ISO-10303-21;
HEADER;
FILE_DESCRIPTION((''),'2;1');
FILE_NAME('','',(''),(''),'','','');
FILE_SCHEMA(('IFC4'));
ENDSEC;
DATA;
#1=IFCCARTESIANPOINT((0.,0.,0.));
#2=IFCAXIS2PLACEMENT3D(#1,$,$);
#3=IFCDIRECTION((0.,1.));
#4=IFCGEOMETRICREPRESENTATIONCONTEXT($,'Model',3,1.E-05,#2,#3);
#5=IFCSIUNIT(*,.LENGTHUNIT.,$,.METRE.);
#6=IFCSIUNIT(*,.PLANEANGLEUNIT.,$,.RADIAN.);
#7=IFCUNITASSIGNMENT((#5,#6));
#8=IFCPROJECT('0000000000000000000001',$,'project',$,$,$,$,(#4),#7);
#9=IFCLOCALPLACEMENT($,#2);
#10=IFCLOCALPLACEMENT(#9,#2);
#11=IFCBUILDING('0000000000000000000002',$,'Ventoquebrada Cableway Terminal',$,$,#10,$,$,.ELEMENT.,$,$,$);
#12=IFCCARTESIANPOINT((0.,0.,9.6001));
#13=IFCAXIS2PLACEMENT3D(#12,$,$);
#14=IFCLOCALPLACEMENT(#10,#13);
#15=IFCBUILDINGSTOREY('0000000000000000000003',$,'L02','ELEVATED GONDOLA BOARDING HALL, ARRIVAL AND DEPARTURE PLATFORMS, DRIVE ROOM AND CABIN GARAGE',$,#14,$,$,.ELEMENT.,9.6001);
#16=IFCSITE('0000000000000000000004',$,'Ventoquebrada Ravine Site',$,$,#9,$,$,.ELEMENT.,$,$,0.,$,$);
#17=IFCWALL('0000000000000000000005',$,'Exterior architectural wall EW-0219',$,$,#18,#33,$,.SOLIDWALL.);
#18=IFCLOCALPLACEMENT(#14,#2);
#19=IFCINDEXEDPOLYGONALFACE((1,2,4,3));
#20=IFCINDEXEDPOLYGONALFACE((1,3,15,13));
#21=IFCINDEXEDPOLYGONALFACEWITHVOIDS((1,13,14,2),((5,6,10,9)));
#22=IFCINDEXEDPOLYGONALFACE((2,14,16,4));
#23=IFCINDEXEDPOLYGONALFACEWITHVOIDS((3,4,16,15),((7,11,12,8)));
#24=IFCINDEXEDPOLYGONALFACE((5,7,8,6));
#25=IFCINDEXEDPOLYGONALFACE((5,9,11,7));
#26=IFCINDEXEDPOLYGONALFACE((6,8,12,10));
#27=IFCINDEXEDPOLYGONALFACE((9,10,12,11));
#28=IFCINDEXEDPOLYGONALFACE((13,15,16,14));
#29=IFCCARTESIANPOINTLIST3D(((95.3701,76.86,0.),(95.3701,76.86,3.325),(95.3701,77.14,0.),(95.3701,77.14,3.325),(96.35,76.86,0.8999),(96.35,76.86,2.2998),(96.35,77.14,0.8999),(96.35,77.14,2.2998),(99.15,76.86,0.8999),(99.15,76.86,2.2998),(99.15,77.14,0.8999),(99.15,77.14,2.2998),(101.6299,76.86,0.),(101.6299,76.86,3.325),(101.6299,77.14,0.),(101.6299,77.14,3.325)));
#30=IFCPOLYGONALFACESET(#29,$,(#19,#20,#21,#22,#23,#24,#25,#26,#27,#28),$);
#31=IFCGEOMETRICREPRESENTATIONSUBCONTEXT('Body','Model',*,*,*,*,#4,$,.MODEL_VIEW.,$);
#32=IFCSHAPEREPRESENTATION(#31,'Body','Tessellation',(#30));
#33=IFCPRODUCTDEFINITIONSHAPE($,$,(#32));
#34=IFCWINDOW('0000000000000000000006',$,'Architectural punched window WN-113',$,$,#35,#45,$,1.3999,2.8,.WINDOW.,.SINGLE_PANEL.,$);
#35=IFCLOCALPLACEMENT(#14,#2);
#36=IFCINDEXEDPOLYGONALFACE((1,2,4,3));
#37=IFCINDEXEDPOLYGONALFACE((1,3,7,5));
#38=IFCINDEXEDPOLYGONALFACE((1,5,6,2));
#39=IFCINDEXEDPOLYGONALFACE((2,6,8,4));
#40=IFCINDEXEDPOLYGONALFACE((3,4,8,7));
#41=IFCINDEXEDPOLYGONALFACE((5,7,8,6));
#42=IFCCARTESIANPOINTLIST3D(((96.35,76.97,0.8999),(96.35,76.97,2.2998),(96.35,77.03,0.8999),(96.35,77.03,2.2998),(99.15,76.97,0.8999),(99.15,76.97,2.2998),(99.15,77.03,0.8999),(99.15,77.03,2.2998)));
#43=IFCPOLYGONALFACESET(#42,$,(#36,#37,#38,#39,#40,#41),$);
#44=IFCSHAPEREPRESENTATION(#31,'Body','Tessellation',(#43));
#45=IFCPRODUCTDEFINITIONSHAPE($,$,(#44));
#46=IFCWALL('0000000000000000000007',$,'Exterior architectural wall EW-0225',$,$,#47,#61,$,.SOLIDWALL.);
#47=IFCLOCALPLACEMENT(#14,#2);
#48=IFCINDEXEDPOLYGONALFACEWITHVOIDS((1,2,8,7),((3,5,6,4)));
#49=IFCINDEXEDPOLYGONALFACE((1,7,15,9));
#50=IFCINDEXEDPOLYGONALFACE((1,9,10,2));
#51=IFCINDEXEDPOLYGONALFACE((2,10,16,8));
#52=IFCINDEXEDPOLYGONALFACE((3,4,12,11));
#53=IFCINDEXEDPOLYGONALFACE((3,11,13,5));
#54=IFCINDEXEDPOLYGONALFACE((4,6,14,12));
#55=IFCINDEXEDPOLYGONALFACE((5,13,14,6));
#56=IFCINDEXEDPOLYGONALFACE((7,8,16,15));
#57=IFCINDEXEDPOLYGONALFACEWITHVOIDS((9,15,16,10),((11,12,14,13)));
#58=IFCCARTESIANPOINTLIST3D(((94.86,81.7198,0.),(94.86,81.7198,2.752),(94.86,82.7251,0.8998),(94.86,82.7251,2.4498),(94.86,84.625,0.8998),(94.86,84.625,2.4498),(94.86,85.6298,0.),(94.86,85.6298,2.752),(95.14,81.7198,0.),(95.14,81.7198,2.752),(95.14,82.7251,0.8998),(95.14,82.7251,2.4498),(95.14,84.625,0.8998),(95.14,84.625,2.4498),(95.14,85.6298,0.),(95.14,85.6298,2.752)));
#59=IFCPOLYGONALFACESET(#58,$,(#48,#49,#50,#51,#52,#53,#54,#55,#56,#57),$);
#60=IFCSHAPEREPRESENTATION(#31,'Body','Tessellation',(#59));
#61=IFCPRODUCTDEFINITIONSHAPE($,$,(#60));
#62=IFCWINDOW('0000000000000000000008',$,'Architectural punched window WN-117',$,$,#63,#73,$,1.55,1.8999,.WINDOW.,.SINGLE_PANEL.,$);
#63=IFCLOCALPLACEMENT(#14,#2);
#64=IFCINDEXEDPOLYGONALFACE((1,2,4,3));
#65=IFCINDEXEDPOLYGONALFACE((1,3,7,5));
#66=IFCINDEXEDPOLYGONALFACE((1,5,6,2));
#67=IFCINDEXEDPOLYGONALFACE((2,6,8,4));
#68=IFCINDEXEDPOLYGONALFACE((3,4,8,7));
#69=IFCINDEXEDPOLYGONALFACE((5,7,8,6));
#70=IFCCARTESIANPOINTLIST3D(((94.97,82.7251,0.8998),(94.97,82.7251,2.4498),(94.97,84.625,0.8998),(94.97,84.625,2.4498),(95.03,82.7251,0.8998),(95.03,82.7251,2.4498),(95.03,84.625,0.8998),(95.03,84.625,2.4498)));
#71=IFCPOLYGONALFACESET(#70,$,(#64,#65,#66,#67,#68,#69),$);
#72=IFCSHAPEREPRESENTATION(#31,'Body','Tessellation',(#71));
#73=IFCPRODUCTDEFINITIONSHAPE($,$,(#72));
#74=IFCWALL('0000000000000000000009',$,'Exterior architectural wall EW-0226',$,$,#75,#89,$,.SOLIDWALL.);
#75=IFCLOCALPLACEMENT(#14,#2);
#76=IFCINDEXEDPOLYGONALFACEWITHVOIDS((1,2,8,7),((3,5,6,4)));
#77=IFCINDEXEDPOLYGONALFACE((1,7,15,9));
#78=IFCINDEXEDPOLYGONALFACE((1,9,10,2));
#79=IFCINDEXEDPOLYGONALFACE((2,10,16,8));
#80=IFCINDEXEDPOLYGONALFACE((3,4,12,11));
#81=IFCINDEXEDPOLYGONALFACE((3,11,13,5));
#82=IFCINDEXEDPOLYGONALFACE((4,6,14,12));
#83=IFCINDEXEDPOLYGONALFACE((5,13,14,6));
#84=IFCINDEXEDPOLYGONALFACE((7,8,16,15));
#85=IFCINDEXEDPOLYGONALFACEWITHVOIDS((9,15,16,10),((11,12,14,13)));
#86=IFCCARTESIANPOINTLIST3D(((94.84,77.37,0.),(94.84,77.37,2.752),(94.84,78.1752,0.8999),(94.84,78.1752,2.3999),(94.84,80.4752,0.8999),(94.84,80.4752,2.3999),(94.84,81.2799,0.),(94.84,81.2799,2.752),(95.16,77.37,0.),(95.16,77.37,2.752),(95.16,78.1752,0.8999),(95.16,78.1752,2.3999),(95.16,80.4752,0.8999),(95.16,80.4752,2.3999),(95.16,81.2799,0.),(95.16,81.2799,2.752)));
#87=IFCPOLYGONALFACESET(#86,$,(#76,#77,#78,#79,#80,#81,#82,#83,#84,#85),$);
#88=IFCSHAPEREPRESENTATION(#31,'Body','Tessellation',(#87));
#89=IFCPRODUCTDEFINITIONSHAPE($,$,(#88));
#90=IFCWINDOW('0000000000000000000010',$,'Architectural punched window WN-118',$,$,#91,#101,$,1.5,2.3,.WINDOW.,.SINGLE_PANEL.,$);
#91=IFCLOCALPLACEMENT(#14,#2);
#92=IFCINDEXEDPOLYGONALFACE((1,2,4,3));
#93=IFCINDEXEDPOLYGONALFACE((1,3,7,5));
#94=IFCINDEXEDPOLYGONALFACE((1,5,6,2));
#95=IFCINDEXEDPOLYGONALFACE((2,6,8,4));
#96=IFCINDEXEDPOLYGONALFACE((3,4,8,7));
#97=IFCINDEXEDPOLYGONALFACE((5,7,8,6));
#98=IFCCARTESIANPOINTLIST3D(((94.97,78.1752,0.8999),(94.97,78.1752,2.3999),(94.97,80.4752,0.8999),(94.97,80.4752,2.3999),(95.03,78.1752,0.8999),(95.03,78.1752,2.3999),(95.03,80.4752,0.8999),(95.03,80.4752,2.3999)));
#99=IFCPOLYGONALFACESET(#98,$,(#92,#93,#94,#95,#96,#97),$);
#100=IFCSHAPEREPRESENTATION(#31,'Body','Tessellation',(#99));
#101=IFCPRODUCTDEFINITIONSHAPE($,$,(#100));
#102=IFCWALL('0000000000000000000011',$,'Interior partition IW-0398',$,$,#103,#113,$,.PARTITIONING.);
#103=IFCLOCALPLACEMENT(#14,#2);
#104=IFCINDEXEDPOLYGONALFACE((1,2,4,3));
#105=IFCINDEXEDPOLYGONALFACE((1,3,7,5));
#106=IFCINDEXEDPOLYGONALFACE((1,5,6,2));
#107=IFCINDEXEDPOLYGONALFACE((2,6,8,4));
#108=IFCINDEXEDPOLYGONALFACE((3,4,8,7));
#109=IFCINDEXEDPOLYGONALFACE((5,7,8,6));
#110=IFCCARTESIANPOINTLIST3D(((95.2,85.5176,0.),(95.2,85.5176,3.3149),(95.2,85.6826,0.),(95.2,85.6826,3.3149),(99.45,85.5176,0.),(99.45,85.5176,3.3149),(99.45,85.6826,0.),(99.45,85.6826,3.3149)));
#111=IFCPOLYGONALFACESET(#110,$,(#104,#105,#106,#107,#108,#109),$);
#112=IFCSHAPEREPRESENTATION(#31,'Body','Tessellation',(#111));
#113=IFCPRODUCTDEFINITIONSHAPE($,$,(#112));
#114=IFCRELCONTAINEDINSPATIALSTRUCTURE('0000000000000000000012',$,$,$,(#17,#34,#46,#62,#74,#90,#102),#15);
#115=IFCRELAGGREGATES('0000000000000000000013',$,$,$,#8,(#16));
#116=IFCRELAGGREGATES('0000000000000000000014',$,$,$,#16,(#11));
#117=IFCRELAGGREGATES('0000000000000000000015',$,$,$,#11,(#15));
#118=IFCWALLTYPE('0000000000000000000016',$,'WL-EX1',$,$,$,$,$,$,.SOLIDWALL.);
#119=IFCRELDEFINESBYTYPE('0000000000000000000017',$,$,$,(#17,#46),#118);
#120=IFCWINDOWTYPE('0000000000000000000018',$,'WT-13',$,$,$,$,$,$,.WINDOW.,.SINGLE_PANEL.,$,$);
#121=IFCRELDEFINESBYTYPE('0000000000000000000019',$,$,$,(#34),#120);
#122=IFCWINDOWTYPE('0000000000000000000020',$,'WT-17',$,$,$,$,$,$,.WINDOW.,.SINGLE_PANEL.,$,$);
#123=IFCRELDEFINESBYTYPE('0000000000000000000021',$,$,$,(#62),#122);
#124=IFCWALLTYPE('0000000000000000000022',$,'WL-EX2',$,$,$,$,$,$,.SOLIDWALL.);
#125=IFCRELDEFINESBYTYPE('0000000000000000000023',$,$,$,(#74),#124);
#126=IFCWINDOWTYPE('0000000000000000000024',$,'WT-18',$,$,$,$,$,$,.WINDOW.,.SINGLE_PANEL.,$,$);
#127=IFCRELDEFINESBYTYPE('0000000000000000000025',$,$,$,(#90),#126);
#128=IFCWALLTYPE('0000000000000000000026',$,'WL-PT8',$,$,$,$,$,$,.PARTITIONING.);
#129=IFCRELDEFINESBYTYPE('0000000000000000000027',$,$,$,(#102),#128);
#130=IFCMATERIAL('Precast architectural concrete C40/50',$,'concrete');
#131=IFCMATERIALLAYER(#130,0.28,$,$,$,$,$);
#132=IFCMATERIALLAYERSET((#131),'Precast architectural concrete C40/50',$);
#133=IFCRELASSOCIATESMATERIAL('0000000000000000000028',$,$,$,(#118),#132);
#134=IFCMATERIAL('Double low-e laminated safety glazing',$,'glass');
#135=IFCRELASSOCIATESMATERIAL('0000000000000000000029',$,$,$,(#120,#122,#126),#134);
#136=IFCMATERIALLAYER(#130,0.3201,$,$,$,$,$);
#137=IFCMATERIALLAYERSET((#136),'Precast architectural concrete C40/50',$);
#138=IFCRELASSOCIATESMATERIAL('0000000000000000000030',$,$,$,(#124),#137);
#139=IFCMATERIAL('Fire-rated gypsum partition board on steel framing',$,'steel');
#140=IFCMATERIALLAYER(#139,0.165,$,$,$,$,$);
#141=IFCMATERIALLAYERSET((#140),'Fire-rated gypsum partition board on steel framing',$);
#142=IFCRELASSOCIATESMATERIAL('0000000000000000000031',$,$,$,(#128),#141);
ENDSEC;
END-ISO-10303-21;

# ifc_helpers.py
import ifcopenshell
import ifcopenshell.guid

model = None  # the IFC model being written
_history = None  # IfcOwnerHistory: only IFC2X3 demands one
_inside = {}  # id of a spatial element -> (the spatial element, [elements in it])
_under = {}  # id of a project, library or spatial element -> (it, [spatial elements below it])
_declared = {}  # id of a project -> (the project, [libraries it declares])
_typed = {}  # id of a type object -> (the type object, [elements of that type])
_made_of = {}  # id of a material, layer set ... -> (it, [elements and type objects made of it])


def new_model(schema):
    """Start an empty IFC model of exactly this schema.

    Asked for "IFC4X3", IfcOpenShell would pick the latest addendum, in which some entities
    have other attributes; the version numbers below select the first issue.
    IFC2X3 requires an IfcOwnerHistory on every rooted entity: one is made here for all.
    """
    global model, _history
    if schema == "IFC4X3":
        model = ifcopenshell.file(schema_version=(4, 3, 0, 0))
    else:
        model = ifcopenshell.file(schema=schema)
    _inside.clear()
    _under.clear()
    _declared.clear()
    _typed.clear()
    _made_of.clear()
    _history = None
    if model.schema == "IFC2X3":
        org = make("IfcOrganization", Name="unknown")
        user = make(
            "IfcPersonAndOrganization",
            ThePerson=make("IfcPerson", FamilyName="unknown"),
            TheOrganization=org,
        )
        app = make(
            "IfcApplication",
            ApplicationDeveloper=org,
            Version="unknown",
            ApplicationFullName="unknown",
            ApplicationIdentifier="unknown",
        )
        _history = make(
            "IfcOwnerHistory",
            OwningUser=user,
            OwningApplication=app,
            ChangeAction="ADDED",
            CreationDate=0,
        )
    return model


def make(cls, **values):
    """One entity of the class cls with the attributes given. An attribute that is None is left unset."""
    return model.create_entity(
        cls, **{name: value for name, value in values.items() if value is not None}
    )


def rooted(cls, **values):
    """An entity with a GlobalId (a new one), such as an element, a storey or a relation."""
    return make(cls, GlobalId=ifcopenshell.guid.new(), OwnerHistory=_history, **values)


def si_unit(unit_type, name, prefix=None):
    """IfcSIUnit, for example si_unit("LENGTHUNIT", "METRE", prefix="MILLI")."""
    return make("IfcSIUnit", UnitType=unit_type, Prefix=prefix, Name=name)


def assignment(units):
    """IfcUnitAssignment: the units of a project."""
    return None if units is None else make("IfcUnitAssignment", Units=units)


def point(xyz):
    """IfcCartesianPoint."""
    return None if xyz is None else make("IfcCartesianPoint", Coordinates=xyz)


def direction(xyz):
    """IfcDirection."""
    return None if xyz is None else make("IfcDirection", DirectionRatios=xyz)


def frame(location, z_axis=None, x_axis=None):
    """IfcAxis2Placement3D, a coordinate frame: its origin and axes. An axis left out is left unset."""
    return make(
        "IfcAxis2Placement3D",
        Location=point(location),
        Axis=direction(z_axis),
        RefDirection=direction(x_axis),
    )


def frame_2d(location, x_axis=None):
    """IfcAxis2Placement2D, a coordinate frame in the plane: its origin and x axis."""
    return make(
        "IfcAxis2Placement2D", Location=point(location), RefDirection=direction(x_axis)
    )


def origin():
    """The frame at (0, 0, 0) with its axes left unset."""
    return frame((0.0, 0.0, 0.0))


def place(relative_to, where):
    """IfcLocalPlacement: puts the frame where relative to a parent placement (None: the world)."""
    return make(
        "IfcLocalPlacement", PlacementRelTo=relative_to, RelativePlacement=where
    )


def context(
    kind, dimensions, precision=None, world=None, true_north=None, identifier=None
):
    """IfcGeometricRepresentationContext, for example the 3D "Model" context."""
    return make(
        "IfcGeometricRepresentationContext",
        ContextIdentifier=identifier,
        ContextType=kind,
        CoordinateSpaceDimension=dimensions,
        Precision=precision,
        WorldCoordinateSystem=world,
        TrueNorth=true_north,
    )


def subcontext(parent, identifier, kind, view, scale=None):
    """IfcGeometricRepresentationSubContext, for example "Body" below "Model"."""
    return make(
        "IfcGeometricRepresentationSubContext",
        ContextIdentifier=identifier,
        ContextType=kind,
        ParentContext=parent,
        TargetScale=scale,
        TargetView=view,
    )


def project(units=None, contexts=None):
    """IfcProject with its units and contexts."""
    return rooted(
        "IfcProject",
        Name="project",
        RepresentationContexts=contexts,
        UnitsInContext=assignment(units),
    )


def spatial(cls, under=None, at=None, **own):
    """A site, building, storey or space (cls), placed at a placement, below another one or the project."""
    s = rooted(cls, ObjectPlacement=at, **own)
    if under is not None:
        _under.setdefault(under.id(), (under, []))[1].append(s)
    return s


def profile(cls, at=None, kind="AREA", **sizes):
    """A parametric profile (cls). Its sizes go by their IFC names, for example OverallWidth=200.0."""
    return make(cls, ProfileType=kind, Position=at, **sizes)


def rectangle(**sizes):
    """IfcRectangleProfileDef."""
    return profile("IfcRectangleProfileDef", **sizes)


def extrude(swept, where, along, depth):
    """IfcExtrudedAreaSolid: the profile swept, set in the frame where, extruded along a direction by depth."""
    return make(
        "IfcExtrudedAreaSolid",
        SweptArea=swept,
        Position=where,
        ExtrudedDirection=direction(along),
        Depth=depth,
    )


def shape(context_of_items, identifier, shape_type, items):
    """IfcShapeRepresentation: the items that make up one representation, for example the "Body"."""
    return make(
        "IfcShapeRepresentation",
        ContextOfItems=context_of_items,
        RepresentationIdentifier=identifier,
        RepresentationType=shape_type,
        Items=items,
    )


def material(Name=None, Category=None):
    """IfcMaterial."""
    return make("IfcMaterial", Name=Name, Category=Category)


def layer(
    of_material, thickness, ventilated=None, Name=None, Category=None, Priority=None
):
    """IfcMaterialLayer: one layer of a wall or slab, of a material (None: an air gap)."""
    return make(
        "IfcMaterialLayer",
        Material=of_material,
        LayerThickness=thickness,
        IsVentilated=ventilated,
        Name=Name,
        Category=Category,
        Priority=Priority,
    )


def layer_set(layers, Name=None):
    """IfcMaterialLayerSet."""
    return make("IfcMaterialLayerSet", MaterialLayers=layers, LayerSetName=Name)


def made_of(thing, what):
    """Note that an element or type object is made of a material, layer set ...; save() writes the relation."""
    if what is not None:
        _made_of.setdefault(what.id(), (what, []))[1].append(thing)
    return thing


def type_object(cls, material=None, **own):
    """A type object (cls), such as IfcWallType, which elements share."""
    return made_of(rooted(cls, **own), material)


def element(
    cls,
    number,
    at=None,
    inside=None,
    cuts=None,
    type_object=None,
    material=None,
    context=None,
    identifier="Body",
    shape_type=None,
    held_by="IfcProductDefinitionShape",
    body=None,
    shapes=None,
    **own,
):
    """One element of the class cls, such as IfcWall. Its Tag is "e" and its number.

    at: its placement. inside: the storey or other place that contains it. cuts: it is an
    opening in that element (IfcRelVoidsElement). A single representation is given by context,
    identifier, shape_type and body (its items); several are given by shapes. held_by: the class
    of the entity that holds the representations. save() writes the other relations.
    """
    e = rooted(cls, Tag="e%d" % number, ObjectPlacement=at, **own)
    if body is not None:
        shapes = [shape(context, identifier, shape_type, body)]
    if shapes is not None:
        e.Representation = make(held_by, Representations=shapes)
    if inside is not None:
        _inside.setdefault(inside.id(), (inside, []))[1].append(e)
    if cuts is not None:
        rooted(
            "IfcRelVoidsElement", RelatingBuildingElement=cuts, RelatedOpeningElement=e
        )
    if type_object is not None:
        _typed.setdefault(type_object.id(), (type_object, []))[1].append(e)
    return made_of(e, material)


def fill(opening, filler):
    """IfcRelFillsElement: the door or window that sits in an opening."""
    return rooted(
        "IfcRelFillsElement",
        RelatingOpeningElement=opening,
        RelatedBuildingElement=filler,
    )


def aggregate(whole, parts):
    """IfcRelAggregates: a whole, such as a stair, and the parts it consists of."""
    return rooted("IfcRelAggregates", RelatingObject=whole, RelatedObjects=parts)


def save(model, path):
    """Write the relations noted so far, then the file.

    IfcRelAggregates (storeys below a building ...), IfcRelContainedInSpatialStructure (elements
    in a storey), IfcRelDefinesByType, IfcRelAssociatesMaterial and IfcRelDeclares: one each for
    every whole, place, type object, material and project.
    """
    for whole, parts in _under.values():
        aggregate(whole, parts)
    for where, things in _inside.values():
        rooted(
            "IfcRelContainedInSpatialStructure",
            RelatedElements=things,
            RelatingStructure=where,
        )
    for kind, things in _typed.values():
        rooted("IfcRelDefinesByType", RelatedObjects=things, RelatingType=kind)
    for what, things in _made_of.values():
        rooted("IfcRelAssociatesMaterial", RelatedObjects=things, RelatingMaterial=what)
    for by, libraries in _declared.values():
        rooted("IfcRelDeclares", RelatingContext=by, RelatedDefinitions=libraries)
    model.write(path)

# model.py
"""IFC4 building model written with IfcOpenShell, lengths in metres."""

from ifc_helpers import new_model, si_unit, direction, frame, frame_2d, origin, place, context, subcontext, project, spatial, rectangle, extrude, material, layer, layer_set, type_object, element, fill, save


model = new_model("IFC4")

# Units and contexts
model_context = context("Model", 3, precision=1e-05, world=origin(), true_north=direction((0.0, 1.0)))
body_context = subcontext(model_context, "Body", "Model", "MODEL_VIEW")
ifc_project = project(units=[si_unit("LENGTHUNIT", "METRE"), si_unit("PLANEANGLEUNIT", "RADIAN")], contexts=[model_context])

# Site, building, storey
site_placement = place(None, origin())
site = spatial("IfcSite", under=ifc_project, at=site_placement, Name="Ventoquebrada Ravine Site", CompositionType="ELEMENT", RefElevation=0.0)
building_placement = place(site_placement, origin())
building = spatial("IfcBuilding", under=site, at=building_placement, Name="Ventoquebrada Cableway Terminal", CompositionType="ELEMENT")
storey_placement = place(building_placement, frame((0.0, 0.0, 9.6001)))
storey = spatial("IfcBuildingStorey", under=building, at=storey_placement, Name="L02", Description="ELEVATED GONDOLA BOARDING HALL, ARRIVAL AND DEPARTURE PLATFORMS, DRIVE ROOM AND CABIN GARAGE", CompositionType="ELEMENT", Elevation=9.6001)

# Walls, openings, windows
ifc_material_1 = material(Name="Precast architectural concrete C40/50", Category="concrete")
ifc_layer_1 = layer(ifc_material_1, 0.28)
ifc_layer_set_1 = layer_set([ifc_layer_1], Name="Precast architectural concrete C40/50")
wall_type_1 = type_object("IfcWallType", Name="WL-EX1", PredefinedType="SOLIDWALL", material=ifc_layer_set_1)
wall_1_placement = place(storey_placement, frame((95.3701, 77.0, 0.0), z_axis=(0.0, 0.0, 1.0), x_axis=(1.0, 0.0, 0.0)))
wall_1 = element("IfcWall", 1, at=wall_1_placement, inside=storey, type_object=wall_type_1, Name="Exterior architectural wall EW-0219", PredefinedType="SOLIDWALL", context=body_context, shape_type="SweptSolid", body=[
    extrude(rectangle(XDim=6.2598, YDim=0.28, at=frame_2d((3.1299, 0.0))), origin(), (0.0, 0.0, 1.0), 3.325),
])
opening_1_placement = place(wall_1_placement, frame((0.98, 0.0, 0.8999)))
opening_1 = element("IfcOpeningElement", 2, at=opening_1_placement, cuts=wall_1, PredefinedType="OPENING", context=body_context, shape_type="SweptSolid", body=[
    extrude(rectangle(XDim=2.8, YDim=1.3999, at=frame_2d((1.3999, 0.7))), frame((0.0, 0.1499, 0.0), z_axis=(0.0, -1.0, 0.0), x_axis=(1.0, 0.0, 0.0)), (0.0, 0.0, 1.0), 0.3),
])
ifc_material_2 = material(Name="Double low-e laminated safety glazing", Category="glass")
window_type_1 = type_object("IfcWindowType", Name="WT-13", PartitioningType="SINGLE_PANEL", PredefinedType="WINDOW", material=ifc_material_2)
window_1_placement = place(opening_1_placement, origin())
window_1 = element("IfcWindow", 3, at=window_1_placement, inside=storey, type_object=window_type_1, Name="Architectural punched window WN-113", OverallHeight=1.3999, OverallWidth=2.8, PartitioningType="SINGLE_PANEL", PredefinedType="WINDOW", context=body_context, shape_type="SweptSolid", body=[
    extrude(rectangle(XDim=2.8, YDim=1.3999, at=frame_2d((1.3999, 0.7))), frame((0.0, 0.03, 0.0), z_axis=(0.0, -1.0, 0.0), x_axis=(1.0, 0.0, 0.0)), (0.0, 0.0, 1.0), 0.0601),
])
fill(opening_1, window_1)
wall_2_placement = place(storey_placement, frame((95.0, 85.6299, 0.0), z_axis=(0.0, 0.0, 1.0), x_axis=(0.0, -1.0, 0.0)))
wall_2 = element("IfcWall", 4, at=wall_2_placement, inside=storey, type_object=wall_type_1, Name="Exterior architectural wall EW-0225", PredefinedType="SOLIDWALL", context=body_context, shape_type="SweptSolid", body=[
    extrude(rectangle(XDim=3.9099, YDim=0.28, at=frame_2d((1.9551, 0.0))), origin(), (0.0, 0.0, 1.0), 2.752),
])
opening_2_placement = place(wall_2_placement, frame((1.0049, 0.0, 0.8999)))
opening_2 = element("IfcOpeningElement", 5, at=opening_2_placement, cuts=wall_2, PredefinedType="OPENING", context=body_context, shape_type="SweptSolid", body=[
    extrude(rectangle(XDim=1.8999, YDim=1.55, at=frame_2d((0.95, 0.7749))), frame((0.0, 0.1499, 0.0), z_axis=(0.0, -1.0, 0.0), x_axis=(1.0, 0.0, 0.0)), (0.0, 0.0, 1.0), 0.3),
])
window_type_2 = type_object("IfcWindowType", Name="WT-17", PartitioningType="SINGLE_PANEL", PredefinedType="WINDOW", material=ifc_material_2)
window_2_placement = place(opening_2_placement, origin())
window_2 = element("IfcWindow", 6, at=window_2_placement, inside=storey, type_object=window_type_2, Name="Architectural punched window WN-117", OverallHeight=1.55, OverallWidth=1.8999, PartitioningType="SINGLE_PANEL", PredefinedType="WINDOW", context=body_context, shape_type="SweptSolid", body=[
    extrude(rectangle(XDim=1.8999, YDim=1.55, at=frame_2d((0.95, 0.7749))), frame((0.0, 0.03, 0.0), z_axis=(0.0, -1.0, 0.0), x_axis=(1.0, 0.0, 0.0)), (0.0, 0.0, 1.0), 0.0601),
])
fill(opening_2, window_2)
ifc_layer_2 = layer(ifc_material_1, 0.3201)
ifc_layer_set_2 = layer_set([ifc_layer_2], Name="Precast architectural concrete C40/50")
wall_type_2 = type_object("IfcWallType", Name="WL-EX2", PredefinedType="SOLIDWALL", material=ifc_layer_set_2)
wall_3_placement = place(storey_placement, frame((95.0, 81.28, 0.0), z_axis=(0.0, 0.0, 1.0), x_axis=(0.0, -1.0, 0.0)))
wall_3 = element("IfcWall", 7, at=wall_3_placement, inside=storey, type_object=wall_type_2, Name="Exterior architectural wall EW-0226", PredefinedType="SOLIDWALL", context=body_context, shape_type="SweptSolid", body=[
    extrude(rectangle(XDim=3.9099, YDim=0.3201, at=frame_2d((1.9551, 0.0))), origin(), (0.0, 0.0, 1.0), 2.752),
])
opening_3_placement = place(wall_3_placement, frame((0.8049, 0.0, 0.8999)))
opening_3 = element("IfcOpeningElement", 8, at=opening_3_placement, cuts=wall_3, PredefinedType="OPENING", context=body_context, shape_type="SweptSolid", body=[
    extrude(rectangle(XDim=2.3, YDim=1.5, at=frame_2d((1.1499, 0.75))), frame((0.0, 0.1699, 0.0), z_axis=(0.0, -1.0, 0.0), x_axis=(1.0, 0.0, 0.0)), (0.0, 0.0, 1.0), 0.3401),
])
window_type_3 = type_object("IfcWindowType", Name="WT-18", PartitioningType="SINGLE_PANEL", PredefinedType="WINDOW", material=ifc_material_2)
window_3_placement = place(opening_3_placement, origin())
window_3 = element("IfcWindow", 9, at=window_3_placement, inside=storey, type_object=window_type_3, Name="Architectural punched window WN-118", OverallHeight=1.5, OverallWidth=2.3, PartitioningType="SINGLE_PANEL", PredefinedType="WINDOW", context=body_context, shape_type="SweptSolid", body=[
    extrude(rectangle(XDim=2.3, YDim=1.5, at=frame_2d((1.1499, 0.75))), frame((0.0, 0.03, 0.0), z_axis=(0.0, -1.0, 0.0), x_axis=(1.0, 0.0, 0.0)), (0.0, 0.0, 1.0), 0.0601),
])
fill(opening_3, window_3)

# Wall
ifc_material_3 = material(Name="Fire-rated gypsum partition board on steel framing", Category="steel")
ifc_layer_3 = layer(ifc_material_3, 0.165)
ifc_layer_set_3 = layer_set([ifc_layer_3], Name="Fire-rated gypsum partition board on steel framing")
wall_type_3 = type_object("IfcWallType", Name="WL-PT8", PredefinedType="PARTITIONING", material=ifc_layer_set_3)
wall_4_placement = place(storey_placement, frame((95.2, 85.6001, 0.0), z_axis=(0.0, 0.0, 1.0), x_axis=(1.0, 0.0, 0.0)))
element("IfcWall", 10, at=wall_4_placement, inside=storey, type_object=wall_type_3, Name="Interior partition IW-0398", PredefinedType="PARTITIONING", context=body_context, shape_type="SweptSolid", body=[
    extrude(rectangle(XDim=4.25, YDim=0.165, at=frame_2d((2.125, 0.0))), origin(), (0.0, 0.0, 1.0), 3.3149),
])

save(model, "model.ifc")
